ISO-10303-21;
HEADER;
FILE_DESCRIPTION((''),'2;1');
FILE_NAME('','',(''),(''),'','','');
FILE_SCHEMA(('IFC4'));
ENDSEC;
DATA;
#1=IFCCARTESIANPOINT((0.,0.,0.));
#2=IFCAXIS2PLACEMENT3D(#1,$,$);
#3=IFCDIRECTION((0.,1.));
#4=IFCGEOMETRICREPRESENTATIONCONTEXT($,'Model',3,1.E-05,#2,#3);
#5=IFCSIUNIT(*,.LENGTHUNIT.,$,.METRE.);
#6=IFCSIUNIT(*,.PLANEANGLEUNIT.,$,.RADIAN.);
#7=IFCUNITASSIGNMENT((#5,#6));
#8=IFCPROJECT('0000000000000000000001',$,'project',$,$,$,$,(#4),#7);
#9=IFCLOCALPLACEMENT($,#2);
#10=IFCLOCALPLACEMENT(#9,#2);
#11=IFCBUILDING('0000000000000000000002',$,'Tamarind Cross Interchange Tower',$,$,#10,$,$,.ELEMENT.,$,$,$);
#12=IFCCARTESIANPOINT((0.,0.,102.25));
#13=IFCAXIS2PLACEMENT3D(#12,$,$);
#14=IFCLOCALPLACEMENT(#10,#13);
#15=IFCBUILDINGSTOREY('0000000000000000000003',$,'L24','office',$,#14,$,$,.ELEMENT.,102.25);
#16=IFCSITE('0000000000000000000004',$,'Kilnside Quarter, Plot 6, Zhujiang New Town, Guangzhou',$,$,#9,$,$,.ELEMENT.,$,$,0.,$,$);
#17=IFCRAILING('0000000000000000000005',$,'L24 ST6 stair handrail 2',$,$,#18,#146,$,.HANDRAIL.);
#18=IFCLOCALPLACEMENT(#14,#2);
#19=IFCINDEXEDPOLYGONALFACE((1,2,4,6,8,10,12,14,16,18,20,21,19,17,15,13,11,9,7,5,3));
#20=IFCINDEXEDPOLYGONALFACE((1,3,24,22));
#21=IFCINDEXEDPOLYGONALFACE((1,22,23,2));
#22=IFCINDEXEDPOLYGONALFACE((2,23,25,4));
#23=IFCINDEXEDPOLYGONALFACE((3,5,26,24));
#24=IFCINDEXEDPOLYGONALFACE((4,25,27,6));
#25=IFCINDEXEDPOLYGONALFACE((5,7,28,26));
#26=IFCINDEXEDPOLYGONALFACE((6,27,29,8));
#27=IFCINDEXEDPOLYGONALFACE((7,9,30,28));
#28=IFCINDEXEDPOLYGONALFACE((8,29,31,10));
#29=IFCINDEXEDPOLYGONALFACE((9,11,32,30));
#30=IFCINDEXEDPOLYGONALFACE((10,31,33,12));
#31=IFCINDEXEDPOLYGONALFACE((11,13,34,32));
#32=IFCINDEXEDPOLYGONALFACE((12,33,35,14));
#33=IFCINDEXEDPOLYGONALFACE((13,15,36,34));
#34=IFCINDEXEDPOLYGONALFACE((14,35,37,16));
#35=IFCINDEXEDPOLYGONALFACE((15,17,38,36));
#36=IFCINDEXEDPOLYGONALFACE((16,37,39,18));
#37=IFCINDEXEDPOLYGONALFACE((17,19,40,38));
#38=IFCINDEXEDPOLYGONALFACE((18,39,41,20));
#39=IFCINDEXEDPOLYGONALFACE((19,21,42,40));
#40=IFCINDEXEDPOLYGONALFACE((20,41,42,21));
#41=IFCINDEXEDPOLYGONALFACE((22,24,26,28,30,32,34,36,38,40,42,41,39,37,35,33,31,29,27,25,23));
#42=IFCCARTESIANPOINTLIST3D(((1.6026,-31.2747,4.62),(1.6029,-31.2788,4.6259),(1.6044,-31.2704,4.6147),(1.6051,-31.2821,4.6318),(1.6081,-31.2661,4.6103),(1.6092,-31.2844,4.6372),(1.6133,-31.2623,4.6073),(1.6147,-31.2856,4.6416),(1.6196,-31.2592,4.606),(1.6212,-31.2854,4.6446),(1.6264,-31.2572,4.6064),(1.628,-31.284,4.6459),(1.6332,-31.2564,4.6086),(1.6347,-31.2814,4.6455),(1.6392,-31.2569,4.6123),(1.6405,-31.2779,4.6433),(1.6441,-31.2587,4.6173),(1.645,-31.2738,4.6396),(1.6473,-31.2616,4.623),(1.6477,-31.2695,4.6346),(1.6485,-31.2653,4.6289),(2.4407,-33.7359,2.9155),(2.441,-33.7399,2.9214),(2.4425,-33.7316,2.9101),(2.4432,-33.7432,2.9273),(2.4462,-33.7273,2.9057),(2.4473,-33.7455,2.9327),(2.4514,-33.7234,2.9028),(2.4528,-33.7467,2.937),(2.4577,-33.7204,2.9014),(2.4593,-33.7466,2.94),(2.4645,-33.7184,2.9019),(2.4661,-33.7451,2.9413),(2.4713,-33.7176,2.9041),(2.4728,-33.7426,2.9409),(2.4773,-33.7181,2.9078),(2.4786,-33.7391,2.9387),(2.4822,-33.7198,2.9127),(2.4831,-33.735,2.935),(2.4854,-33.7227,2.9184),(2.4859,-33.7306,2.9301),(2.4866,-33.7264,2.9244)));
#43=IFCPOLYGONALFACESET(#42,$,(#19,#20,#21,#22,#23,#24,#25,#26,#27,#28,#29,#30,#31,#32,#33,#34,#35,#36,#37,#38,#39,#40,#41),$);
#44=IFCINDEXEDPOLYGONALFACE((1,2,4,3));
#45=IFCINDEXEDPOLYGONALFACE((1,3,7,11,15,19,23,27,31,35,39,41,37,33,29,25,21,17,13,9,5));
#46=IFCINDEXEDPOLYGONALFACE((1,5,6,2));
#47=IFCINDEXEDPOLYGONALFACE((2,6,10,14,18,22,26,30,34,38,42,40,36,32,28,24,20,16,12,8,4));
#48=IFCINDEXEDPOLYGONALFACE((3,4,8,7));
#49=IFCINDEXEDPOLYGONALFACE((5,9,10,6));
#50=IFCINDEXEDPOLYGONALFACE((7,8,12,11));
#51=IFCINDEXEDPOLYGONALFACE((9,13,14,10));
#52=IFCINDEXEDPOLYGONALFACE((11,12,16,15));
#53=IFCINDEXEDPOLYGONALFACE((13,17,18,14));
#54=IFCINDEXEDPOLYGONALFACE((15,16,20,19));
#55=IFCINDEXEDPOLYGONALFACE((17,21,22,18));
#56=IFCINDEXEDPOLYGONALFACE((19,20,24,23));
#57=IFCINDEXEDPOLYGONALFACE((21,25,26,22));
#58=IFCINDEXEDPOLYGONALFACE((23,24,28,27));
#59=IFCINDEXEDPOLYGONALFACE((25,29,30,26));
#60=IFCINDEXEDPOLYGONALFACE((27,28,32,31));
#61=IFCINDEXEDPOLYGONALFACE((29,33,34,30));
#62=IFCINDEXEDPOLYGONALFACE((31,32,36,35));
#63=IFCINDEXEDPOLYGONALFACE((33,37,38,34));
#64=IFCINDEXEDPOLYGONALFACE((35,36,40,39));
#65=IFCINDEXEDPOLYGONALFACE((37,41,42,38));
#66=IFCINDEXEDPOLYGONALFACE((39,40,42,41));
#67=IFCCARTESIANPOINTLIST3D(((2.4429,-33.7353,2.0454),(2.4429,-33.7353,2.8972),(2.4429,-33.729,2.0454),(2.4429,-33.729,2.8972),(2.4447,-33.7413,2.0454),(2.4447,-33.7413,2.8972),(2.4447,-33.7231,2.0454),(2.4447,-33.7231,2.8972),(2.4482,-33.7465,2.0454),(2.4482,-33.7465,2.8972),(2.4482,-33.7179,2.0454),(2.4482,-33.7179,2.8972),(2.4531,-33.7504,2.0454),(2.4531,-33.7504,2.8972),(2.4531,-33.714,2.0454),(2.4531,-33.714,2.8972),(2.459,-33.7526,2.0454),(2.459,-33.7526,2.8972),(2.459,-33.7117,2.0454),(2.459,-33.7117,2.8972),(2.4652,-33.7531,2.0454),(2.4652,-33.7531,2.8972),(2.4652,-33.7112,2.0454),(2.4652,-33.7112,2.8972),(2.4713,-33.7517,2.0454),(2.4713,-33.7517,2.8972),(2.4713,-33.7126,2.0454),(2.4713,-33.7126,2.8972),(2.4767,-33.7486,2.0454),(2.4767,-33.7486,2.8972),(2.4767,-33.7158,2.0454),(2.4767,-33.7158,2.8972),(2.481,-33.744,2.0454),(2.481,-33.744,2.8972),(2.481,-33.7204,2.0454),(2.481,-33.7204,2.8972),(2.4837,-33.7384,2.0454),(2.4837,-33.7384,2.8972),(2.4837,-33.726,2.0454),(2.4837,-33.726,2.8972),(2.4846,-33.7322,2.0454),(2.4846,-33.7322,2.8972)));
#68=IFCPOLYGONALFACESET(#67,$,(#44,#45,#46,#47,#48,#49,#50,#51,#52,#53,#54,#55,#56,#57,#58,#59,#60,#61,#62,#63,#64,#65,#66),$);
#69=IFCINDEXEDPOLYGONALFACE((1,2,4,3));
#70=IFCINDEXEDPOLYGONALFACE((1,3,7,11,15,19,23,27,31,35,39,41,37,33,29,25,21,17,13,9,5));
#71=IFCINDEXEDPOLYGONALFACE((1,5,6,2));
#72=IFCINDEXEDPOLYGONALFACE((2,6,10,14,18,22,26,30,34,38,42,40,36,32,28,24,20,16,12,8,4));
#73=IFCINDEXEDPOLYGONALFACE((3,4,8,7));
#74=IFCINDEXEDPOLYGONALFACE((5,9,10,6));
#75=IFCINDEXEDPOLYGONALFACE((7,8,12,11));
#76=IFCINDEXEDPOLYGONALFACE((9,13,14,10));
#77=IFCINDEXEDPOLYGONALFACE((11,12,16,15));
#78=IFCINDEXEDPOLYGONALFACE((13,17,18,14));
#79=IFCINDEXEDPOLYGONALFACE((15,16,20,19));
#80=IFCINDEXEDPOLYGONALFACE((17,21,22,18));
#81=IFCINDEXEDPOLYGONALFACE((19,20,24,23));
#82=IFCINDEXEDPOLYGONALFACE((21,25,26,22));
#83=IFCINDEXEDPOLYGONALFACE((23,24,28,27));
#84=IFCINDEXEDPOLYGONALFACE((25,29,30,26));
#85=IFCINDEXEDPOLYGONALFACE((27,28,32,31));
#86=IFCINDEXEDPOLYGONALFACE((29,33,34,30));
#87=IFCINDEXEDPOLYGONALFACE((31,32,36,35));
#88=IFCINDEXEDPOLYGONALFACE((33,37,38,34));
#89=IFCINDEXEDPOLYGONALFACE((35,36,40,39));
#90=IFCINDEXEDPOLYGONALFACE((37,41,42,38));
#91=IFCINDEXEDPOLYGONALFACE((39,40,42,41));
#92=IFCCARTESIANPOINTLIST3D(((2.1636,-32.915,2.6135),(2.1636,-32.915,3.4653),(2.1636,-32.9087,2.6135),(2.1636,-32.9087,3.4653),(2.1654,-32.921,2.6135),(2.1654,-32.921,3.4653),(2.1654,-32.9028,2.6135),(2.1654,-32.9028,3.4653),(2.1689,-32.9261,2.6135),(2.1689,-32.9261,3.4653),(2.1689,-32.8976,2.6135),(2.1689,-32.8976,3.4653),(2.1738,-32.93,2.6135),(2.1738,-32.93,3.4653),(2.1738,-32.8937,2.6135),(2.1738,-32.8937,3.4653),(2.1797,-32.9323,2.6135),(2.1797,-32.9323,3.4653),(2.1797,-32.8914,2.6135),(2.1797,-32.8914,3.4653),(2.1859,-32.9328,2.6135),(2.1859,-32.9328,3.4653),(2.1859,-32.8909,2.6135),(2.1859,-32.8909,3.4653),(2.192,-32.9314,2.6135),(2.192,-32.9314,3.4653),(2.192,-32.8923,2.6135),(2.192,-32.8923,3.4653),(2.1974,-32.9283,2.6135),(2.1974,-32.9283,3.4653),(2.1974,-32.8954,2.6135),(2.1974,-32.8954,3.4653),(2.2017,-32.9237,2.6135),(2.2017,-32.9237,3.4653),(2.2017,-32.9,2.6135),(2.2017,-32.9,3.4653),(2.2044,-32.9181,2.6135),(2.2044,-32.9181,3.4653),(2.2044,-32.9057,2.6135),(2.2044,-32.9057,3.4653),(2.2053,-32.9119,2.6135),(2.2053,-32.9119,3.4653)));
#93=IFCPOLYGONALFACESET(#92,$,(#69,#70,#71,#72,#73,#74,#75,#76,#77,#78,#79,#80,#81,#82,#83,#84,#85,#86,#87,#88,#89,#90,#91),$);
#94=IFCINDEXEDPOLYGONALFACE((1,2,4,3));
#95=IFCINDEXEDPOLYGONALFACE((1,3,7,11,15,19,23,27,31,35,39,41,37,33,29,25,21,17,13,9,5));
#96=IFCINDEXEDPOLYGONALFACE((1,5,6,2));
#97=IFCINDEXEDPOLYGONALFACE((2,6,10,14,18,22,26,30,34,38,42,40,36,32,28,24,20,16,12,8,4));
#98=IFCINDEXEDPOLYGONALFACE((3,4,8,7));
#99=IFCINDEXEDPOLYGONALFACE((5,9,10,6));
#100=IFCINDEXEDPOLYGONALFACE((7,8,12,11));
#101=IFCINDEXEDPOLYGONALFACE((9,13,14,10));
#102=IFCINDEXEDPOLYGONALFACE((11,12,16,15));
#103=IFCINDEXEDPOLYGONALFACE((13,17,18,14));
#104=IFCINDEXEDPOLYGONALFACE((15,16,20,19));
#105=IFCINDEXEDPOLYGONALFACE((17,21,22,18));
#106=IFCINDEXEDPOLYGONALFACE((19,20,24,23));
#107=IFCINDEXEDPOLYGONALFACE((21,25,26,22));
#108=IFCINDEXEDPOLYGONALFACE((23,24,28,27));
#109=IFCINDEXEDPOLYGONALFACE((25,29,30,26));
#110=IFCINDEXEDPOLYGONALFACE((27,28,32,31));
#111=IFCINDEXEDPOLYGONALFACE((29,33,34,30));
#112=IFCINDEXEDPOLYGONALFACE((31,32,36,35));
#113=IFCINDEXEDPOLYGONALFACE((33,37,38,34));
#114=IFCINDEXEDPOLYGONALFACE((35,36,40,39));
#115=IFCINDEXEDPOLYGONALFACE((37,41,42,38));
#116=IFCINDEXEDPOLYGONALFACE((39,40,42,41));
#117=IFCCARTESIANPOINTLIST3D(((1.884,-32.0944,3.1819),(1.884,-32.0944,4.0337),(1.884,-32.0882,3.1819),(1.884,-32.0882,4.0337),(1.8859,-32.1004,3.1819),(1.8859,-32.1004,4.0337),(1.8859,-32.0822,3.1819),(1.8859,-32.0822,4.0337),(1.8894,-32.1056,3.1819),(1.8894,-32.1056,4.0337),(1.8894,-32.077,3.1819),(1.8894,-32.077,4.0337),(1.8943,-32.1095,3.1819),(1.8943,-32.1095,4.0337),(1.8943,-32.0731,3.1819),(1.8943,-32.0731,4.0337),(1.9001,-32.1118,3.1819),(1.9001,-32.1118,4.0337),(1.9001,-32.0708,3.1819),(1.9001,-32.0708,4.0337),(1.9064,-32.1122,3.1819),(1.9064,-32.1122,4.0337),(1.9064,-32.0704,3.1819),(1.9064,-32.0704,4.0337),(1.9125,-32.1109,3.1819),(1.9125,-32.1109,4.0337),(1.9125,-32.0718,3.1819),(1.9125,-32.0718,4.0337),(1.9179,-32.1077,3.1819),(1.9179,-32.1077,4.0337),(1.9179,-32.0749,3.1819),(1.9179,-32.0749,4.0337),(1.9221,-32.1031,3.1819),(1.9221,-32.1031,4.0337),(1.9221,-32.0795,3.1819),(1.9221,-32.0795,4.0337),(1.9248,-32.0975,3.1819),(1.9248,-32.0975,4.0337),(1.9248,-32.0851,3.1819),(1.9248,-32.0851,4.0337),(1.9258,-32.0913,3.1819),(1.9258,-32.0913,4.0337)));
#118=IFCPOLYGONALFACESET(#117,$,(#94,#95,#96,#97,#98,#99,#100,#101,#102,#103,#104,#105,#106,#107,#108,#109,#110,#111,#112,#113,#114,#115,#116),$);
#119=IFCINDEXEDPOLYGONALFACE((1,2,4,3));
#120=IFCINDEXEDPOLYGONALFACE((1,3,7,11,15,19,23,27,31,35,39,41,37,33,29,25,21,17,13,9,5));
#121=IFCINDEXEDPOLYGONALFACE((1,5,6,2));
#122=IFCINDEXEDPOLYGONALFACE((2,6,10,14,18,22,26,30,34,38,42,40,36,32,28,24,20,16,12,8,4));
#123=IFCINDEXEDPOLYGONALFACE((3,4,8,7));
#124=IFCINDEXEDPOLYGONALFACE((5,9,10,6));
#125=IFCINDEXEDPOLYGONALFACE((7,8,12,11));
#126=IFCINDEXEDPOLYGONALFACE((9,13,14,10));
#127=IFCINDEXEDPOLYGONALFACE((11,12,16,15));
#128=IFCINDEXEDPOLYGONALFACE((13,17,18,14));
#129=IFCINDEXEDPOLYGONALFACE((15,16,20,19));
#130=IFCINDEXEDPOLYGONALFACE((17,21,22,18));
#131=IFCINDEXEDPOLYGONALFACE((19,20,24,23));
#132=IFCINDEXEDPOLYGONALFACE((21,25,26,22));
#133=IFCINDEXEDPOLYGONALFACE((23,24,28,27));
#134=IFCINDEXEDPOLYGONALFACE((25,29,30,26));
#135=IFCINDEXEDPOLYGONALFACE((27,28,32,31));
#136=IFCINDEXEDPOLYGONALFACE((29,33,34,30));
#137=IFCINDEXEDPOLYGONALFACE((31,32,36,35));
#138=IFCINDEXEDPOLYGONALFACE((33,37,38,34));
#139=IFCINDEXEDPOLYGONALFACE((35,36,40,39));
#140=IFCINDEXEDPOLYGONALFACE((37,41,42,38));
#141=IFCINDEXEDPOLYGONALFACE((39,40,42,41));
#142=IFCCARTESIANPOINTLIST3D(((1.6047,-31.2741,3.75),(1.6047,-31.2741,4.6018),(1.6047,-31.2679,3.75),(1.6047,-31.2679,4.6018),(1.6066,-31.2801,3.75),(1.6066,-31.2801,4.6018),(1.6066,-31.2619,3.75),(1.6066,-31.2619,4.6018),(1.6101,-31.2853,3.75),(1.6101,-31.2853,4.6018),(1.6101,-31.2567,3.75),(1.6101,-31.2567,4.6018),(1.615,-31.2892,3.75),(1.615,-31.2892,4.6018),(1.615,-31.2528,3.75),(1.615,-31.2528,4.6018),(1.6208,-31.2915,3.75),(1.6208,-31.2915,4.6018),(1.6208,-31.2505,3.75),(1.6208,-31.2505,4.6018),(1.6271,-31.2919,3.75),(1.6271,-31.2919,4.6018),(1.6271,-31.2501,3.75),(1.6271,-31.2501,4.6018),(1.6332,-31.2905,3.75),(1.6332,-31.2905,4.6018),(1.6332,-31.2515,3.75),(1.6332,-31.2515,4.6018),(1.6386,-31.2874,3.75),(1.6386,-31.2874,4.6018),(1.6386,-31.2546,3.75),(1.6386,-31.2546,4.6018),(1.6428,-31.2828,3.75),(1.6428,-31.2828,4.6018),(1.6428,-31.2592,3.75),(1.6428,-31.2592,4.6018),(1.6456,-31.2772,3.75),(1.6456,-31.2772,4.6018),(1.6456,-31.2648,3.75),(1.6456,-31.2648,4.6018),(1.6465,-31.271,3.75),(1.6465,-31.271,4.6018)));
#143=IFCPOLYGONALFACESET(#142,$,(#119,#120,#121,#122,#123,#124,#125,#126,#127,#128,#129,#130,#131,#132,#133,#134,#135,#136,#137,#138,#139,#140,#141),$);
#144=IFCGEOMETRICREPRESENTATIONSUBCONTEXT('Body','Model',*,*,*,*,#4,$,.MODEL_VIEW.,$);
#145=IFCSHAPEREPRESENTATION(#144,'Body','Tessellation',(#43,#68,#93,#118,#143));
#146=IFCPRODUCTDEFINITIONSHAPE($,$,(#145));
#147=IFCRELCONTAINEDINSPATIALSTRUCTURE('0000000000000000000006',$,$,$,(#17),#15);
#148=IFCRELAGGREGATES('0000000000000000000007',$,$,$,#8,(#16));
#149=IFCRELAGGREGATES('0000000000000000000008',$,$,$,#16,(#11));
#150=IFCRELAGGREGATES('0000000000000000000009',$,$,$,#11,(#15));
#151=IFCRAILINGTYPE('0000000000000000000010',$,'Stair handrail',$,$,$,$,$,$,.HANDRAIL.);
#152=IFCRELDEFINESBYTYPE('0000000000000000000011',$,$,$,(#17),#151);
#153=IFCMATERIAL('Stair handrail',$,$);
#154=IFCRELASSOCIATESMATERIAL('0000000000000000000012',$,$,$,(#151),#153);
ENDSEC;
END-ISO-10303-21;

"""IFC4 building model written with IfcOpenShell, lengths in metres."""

from ifc_helpers import new_model, si_unit, direction, frame, origin, origin_2d, place, context, subcontext, project, spatial, circle, extrude, material, type_object, element, save


model = new_model("IFC4")

# Units and contexts
model_context = context("Model", 3, precision=1e-05, world=origin(), true_north=direction((0.0, 1.0)))
body_context = subcontext(model_context, "Body", "Model", "MODEL_VIEW")
ifc_project = project(units=[si_unit("LENGTHUNIT", "METRE"), si_unit("PLANEANGLEUNIT", "RADIAN")], contexts=[model_context])

# Site, building, storey
site_placement = place(None, origin())
site = spatial("IfcSite", under=ifc_project, at=site_placement, Name="Kilnside Quarter, Plot 6, Zhujiang New Town, Guangzhou", CompositionType="ELEMENT", RefElevation=0.0)
building_placement = place(site_placement, origin())
building = spatial("IfcBuilding", under=site, at=building_placement, Name="Tamarind Cross Interchange Tower", CompositionType="ELEMENT")
storey_placement = place(building_placement, frame((0.0, 0.0, 102.25)))
storey = spatial("IfcBuildingStorey", under=building, at=storey_placement, Name="L24", Description="office", CompositionType="ELEMENT", Elevation=102.25)

# Railing
ifc_material_1 = material(Name="Stair handrail")
railing_type_1 = type_object("IfcRailingType", Name="Stair handrail", PredefinedType="HANDRAIL", material=ifc_material_1)
railing_1_placement = place(storey_placement, frame((2.4636, -33.7322, 2.0454)))
element("IfcRailing", 1, at=railing_1_placement, inside=storey, type_object=railing_type_1, Name="L24 ST6 stair handrail 2", PredefinedType="HANDRAIL", context=body_context, shape_type="SweptSolid", body=[
    extrude(circle(Radius=0.0239, at=origin_2d()), frame((0.0, 0.0, 0.876), z_axis=(-0.269589, 0.791646, 0.548286), x_axis=(-0.946616, -0.322362, 0.0)), (0.0, 0.0, 1.0), 3.1089),
    extrude(circle(Radius=0.021, at=origin_2d()), origin(), (0.0, 0.0, 1.0), 0.8518),
    extrude(circle(Radius=0.021, at=origin_2d()), frame((-0.2793, 0.8203, 0.5681)), (0.0, 0.0, 1.0), 0.8518),
    extrude(circle(Radius=0.021, at=origin_2d()), frame((-0.5588, 1.6409, 1.1365)), (0.0, 0.0, 1.0), 0.8518),
    extrude(circle(Radius=0.021, at=origin_2d()), frame((-0.8381, 2.4612, 1.7046)), (0.0, 0.0, 1.0), 0.8518),
])

save(model, "model.ifc")
